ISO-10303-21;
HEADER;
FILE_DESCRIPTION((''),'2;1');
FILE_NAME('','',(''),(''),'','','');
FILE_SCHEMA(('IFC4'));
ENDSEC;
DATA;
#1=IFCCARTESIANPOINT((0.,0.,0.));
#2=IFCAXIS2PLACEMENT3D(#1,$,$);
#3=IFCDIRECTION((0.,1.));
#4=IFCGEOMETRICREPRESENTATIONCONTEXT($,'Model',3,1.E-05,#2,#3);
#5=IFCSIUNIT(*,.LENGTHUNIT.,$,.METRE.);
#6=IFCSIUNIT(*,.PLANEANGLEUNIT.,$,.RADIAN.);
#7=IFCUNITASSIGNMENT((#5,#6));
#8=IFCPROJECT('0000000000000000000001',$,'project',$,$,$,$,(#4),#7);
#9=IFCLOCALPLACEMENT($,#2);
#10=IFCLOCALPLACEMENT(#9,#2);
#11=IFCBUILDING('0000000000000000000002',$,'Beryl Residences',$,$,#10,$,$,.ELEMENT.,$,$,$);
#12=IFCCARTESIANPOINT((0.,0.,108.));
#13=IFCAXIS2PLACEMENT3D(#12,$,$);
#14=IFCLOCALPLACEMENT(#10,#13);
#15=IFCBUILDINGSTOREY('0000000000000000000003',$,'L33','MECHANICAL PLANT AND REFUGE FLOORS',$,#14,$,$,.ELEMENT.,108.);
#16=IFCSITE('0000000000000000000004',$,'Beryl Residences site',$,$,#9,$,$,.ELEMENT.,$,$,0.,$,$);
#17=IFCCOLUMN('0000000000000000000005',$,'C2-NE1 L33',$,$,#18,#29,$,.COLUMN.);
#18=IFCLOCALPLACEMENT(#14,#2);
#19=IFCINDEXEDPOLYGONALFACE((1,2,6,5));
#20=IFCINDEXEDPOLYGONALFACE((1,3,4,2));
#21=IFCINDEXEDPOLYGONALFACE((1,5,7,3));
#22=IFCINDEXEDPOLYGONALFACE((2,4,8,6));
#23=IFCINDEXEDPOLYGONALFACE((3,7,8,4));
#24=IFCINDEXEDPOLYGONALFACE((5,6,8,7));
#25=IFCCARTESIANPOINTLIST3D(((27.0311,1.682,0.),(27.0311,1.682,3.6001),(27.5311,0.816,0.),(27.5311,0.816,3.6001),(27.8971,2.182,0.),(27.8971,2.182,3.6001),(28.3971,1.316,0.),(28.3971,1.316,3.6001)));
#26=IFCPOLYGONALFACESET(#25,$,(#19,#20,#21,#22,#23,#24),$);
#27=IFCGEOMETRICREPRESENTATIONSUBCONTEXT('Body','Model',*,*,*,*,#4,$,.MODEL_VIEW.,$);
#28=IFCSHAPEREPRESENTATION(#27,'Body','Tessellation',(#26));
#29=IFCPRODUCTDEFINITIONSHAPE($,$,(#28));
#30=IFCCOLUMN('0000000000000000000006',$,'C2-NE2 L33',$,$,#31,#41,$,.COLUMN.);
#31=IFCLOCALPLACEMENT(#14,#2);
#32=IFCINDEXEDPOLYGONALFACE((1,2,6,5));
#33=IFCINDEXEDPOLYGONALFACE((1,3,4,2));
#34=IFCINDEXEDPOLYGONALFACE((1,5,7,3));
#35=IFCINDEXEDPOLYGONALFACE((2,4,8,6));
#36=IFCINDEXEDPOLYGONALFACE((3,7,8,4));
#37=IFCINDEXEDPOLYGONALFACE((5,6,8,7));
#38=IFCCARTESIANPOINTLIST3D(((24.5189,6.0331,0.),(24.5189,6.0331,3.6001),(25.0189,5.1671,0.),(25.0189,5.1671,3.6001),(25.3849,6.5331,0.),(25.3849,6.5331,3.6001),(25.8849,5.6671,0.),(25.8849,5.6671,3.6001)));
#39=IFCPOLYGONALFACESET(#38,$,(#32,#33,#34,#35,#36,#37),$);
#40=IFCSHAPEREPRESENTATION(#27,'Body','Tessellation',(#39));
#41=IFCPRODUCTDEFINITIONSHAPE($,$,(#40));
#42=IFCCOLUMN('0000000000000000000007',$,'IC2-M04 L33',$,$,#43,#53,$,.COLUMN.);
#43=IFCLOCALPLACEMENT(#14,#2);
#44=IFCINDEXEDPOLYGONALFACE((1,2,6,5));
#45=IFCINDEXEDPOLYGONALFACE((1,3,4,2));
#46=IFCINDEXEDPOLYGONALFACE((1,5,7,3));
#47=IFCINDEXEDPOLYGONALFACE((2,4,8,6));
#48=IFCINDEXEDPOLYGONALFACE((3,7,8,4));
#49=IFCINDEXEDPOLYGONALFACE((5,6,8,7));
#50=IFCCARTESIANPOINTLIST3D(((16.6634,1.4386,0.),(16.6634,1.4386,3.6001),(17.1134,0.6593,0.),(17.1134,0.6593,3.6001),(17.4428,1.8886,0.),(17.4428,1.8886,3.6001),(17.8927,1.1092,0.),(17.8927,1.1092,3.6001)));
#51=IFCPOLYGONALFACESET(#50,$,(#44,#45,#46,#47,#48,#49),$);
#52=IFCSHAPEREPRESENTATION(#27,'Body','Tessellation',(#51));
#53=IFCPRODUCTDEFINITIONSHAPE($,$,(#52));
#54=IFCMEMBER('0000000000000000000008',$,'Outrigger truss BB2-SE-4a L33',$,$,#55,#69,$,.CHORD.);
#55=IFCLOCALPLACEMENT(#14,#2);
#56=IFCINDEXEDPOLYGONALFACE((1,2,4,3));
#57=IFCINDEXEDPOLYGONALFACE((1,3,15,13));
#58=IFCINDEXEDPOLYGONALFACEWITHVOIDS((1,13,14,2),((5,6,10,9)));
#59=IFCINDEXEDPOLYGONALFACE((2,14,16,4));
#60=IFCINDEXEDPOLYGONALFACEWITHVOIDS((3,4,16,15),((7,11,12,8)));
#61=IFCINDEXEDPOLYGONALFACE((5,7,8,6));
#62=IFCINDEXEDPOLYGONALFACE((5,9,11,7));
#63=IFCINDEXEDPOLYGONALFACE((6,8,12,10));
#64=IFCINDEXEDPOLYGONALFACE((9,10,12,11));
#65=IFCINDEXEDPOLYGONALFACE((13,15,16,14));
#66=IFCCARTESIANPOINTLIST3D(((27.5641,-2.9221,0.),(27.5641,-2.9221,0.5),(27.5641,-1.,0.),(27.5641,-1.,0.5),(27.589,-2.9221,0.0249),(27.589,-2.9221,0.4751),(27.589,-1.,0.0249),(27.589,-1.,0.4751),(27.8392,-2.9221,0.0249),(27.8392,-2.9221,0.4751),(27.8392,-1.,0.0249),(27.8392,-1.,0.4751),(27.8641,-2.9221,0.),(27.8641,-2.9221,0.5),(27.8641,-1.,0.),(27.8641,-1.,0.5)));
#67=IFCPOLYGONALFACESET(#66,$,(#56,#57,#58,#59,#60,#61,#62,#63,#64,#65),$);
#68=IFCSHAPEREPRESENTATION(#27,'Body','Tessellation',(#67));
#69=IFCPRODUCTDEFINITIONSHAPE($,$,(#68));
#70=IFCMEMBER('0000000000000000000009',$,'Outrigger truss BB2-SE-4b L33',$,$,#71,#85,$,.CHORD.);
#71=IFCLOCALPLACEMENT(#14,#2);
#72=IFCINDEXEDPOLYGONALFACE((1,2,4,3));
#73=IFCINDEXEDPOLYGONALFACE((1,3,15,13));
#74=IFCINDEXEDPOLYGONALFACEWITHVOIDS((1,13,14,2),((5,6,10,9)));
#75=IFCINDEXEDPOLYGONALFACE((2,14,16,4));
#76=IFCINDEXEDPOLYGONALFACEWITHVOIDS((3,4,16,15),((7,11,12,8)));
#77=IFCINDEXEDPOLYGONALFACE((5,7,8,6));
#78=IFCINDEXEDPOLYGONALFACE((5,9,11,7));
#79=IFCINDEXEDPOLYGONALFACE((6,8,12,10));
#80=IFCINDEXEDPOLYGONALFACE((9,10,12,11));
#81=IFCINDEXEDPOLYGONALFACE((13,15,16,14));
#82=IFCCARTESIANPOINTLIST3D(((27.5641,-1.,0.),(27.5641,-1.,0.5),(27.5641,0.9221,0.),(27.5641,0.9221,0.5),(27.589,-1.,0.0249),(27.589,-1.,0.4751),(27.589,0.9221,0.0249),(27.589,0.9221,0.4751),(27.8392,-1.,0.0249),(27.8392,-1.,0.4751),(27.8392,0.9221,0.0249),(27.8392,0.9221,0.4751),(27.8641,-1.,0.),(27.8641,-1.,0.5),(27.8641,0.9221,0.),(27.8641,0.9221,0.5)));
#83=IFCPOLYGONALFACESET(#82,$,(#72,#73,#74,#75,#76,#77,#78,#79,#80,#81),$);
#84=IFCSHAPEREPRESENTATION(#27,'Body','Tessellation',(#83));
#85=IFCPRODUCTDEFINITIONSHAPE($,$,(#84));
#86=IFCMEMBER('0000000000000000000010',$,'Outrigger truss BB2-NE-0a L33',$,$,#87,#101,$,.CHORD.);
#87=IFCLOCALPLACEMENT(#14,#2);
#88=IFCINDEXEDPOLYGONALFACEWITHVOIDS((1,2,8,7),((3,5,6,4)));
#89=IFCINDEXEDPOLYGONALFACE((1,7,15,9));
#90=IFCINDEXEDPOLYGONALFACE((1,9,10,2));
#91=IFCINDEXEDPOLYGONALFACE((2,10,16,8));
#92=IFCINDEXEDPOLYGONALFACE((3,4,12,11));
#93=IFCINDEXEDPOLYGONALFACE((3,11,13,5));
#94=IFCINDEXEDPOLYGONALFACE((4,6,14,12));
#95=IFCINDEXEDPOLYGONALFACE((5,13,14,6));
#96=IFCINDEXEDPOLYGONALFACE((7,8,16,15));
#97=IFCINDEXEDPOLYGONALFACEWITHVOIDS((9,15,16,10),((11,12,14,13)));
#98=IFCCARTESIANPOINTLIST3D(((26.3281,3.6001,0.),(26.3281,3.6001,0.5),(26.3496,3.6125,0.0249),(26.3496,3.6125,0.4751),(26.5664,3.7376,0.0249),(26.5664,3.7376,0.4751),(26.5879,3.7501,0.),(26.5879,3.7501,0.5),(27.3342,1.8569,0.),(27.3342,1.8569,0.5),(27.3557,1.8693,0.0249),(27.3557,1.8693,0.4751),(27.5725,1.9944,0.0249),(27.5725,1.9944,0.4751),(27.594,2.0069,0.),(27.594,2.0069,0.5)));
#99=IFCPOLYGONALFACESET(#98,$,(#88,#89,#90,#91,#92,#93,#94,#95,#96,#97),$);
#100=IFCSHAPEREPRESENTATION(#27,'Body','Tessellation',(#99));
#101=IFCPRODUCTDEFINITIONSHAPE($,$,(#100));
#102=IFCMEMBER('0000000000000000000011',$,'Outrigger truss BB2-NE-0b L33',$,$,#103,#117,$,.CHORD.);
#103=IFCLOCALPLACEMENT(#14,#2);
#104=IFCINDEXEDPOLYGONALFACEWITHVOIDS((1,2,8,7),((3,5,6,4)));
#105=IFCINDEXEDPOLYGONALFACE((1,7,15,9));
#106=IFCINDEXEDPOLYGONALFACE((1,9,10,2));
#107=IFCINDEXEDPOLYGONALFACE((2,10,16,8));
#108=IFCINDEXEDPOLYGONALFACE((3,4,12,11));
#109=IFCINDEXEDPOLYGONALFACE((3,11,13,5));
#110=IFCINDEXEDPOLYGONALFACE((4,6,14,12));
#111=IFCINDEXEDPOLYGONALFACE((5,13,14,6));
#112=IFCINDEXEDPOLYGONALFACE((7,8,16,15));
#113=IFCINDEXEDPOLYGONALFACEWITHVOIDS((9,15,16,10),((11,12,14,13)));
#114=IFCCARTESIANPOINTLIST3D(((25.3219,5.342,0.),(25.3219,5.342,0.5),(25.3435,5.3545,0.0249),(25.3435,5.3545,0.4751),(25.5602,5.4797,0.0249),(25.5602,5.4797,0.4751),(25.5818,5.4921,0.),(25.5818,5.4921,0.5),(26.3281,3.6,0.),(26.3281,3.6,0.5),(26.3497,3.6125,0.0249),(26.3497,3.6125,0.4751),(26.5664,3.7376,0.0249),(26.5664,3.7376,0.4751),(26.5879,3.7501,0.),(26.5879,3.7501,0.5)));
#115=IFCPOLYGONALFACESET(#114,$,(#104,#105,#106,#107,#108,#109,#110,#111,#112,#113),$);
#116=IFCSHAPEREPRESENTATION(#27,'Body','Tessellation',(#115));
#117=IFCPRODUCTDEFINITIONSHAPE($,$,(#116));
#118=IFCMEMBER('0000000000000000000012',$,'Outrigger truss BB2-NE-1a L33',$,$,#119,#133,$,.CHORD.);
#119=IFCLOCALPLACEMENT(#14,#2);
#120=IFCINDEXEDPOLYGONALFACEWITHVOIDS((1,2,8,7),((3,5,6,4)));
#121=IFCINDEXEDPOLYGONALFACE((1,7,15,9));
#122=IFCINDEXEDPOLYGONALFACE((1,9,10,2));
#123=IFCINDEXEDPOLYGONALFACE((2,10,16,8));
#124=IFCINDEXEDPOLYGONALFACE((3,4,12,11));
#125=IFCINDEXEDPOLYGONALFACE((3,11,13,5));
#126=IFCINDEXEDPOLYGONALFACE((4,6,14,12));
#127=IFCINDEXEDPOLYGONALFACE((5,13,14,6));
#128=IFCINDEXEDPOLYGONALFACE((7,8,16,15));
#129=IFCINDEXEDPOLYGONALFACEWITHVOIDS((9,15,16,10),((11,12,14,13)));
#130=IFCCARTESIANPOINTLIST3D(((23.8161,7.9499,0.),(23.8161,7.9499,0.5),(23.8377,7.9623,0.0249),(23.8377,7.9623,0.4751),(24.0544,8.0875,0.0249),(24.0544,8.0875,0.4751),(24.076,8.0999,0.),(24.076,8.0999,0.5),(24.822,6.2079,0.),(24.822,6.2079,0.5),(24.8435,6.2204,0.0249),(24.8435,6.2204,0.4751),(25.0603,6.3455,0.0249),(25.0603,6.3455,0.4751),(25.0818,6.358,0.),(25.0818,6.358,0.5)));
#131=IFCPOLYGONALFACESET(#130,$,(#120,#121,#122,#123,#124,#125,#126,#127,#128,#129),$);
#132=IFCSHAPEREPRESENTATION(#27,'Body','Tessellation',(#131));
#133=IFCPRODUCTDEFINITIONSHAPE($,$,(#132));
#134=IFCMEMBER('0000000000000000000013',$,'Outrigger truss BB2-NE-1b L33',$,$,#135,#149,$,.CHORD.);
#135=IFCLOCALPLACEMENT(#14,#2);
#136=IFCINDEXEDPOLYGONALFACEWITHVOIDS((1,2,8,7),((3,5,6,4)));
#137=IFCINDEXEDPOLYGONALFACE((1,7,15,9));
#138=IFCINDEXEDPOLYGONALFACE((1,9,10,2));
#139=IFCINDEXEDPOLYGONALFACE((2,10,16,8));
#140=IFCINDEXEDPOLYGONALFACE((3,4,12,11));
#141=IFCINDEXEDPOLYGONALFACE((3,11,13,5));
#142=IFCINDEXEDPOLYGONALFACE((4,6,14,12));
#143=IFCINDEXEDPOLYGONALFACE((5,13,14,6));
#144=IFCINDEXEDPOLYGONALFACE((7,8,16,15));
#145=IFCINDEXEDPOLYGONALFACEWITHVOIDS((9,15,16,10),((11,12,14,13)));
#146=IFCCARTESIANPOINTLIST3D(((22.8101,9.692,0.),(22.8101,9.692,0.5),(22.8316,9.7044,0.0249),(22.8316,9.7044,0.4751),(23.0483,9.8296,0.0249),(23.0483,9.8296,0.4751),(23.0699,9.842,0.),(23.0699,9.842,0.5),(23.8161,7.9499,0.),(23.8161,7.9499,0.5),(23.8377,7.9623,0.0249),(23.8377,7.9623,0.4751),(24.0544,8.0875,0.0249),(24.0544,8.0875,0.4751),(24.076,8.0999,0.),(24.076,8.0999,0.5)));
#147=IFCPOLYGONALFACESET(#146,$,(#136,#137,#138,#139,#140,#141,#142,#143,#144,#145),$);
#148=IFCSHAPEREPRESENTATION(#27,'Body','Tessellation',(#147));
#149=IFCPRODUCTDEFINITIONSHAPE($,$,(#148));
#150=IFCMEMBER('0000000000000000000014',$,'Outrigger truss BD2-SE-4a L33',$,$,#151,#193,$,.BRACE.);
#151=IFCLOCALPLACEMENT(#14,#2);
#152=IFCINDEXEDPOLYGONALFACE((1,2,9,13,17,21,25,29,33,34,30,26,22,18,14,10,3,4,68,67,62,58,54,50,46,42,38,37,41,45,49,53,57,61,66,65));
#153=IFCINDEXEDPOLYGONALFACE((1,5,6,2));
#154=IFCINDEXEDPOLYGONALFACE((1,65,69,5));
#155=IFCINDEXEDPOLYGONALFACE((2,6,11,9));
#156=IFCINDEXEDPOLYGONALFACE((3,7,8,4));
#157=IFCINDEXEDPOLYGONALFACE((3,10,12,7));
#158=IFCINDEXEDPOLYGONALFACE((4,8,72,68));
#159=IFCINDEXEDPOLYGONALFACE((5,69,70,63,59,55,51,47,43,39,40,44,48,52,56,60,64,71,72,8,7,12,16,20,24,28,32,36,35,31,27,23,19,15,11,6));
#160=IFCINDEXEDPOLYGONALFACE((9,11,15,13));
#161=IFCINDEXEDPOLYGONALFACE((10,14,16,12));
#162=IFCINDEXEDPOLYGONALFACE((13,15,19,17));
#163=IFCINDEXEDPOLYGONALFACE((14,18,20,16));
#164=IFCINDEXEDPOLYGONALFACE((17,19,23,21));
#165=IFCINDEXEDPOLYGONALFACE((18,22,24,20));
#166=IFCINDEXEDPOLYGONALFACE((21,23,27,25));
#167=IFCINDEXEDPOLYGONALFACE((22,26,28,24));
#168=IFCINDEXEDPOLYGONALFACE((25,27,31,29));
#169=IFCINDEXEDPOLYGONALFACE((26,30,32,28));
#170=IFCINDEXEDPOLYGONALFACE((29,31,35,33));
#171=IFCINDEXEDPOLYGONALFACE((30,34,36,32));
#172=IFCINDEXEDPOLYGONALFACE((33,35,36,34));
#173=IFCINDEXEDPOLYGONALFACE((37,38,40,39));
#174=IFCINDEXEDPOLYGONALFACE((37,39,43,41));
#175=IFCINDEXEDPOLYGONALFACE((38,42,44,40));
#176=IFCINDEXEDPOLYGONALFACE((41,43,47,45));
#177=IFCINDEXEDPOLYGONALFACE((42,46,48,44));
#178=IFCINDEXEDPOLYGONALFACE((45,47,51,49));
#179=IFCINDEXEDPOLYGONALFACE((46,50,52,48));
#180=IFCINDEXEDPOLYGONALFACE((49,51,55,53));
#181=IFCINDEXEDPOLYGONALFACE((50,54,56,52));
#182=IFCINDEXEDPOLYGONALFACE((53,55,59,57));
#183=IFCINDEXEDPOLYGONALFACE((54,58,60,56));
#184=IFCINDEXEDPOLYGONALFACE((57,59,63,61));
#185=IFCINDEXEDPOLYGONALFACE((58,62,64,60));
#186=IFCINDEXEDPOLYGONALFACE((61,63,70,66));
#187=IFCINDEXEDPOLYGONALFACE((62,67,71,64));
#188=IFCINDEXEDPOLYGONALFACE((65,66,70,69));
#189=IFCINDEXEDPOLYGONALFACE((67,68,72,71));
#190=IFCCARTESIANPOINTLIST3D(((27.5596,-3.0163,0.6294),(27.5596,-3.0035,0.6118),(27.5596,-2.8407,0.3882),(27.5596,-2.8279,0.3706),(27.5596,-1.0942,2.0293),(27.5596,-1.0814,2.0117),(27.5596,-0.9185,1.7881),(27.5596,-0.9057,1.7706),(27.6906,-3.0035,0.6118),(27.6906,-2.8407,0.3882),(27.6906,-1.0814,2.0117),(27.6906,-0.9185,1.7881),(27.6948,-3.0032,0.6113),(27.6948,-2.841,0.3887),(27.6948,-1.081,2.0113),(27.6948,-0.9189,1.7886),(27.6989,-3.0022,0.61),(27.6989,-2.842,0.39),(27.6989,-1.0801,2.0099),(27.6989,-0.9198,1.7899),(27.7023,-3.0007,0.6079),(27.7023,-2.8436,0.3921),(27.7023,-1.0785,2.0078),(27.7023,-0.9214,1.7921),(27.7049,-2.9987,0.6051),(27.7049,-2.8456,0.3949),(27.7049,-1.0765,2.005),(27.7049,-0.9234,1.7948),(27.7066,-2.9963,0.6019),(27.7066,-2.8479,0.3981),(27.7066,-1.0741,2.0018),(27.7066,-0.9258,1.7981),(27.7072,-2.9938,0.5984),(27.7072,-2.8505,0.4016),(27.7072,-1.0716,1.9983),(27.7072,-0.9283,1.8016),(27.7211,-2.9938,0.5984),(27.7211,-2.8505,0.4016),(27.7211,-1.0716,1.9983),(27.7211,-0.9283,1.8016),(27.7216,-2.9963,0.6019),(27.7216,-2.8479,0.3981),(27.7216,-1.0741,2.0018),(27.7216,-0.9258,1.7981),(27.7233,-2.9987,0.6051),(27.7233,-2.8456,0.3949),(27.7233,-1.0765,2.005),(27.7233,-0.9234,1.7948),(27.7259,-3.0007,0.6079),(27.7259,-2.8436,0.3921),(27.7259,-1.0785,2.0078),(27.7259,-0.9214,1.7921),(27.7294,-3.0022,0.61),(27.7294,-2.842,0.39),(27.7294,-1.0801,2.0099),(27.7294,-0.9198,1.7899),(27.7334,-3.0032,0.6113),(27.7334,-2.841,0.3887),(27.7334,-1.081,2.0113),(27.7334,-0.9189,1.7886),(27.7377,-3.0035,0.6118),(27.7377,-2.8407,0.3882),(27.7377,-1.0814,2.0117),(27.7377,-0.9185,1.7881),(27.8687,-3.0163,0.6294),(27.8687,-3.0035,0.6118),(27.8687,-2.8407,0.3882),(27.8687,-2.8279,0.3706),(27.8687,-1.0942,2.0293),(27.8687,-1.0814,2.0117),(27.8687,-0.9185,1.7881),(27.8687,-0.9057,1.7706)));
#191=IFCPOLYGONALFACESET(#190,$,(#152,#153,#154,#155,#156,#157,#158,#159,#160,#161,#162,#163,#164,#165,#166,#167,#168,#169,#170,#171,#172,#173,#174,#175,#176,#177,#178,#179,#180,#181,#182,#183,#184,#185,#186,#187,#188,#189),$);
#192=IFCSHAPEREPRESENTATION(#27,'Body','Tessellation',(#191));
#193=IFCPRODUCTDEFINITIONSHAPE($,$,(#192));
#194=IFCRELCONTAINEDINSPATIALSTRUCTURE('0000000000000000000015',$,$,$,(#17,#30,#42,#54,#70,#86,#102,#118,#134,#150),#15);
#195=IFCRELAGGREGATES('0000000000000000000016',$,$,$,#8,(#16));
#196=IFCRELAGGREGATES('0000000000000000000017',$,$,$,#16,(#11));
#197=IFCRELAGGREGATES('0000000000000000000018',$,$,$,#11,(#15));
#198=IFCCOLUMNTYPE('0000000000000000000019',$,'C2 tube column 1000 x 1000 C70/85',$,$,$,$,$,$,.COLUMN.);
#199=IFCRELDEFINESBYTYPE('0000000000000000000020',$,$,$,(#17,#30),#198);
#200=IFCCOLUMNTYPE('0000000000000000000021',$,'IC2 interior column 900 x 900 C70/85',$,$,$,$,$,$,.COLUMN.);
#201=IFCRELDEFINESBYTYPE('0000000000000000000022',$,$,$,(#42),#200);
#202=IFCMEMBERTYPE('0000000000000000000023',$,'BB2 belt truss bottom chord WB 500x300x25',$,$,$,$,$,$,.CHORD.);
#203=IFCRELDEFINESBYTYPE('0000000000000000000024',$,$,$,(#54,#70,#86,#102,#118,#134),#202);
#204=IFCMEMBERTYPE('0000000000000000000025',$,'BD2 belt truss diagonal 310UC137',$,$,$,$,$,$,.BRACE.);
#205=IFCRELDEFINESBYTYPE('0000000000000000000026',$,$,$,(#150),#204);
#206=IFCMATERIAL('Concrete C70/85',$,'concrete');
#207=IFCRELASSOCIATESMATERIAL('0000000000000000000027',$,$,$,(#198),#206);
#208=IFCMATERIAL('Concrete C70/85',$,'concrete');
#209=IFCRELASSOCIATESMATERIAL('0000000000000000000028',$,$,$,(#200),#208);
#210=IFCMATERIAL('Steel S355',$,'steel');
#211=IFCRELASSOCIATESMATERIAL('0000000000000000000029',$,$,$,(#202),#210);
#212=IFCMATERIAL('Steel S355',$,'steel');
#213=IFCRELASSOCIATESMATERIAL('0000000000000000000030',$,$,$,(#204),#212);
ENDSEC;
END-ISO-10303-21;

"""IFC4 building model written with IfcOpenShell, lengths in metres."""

from ifc_helpers import new_model, si_unit, direction, frame, origin, origin_2d, place, context, subcontext, project, spatial, rectangle, hollow_rectangle, i_section, extrude, material, material_profile, profile_set, type_object, element, save


model = new_model("IFC4")

# Units and contexts
model_context = context("Model", 3, precision=1e-05, world=origin(), true_north=direction((0.0, 1.0)))
body_context = subcontext(model_context, "Body", "Model", "MODEL_VIEW")
ifc_project = project(units=[si_unit("LENGTHUNIT", "METRE"), si_unit("PLANEANGLEUNIT", "RADIAN")], contexts=[model_context])

# Site, building, storey
site_placement = place(None, origin())
site = spatial("IfcSite", under=ifc_project, at=site_placement, Name="Beryl Residences site", CompositionType="ELEMENT", RefElevation=0.0)
building_placement = place(site_placement, origin())
building = spatial("IfcBuilding", under=site, at=building_placement, Name="Beryl Residences", CompositionType="ELEMENT")
storey_placement = place(building_placement, frame((0.0, 0.0, 108.0)))
storey = spatial("IfcBuildingStorey", under=building, at=storey_placement, Name="L33", Description="MECHANICAL PLANT AND REFUGE FLOORS", CompositionType="ELEMENT", Elevation=108.0)

# Columns
ifc_material_1 = material(Name="Concrete C70/85", Category="concrete")
ifc_material_profile_1 = material_profile(ifc_material_1, rectangle(XDim=1.0, YDim=1.0, at=origin_2d()))
ifc_profile_set_1 = profile_set([ifc_material_profile_1], Name="Concrete C70/85")
column_type_1 = type_object("IfcColumnType", Name="C2 tube column 1000 x 1000 C70/85", PredefinedType="COLUMN", material=ifc_profile_set_1)
for number, where, z_axis, x_axis, name in (
    (1, (27.7141, 1.499, 0.0), (0.0, 0.0, 1.0), (-0.5, 0.866025, 0.0), "C2-NE1 L33"),
    (2, (25.2019, 5.8501, 0.0), (0.0, 0.0, 1.0), (-0.5, 0.866025, 0.0), "C2-NE2 L33"),
):
    element("IfcColumn", number, at=place(storey_placement, frame(where, z_axis=z_axis, x_axis=x_axis)), inside=storey, type_object=column_type_1, Name=name, PredefinedType="COLUMN", context=body_context, shape_type="SweptSolid", body=[
        extrude(rectangle(XDim=1.0, YDim=1.0, at=origin_2d()), origin(), (0.0, 0.0, 1.0), 3.6001),
    ])
ifc_material_2 = material(Name="Concrete C70/85", Category="concrete")
ifc_material_profile_2 = material_profile(ifc_material_2, rectangle(XDim=0.8999, YDim=0.8999, at=origin_2d()))
ifc_profile_set_2 = profile_set([ifc_material_profile_2], Name="Concrete C70/85")
column_type_2 = type_object("IfcColumnType", Name="IC2 interior column 900 x 900 C70/85", PredefinedType="COLUMN", material=ifc_profile_set_2)
column_placement = place(storey_placement, frame((17.2781, 1.2739, 0.0), z_axis=(0.0, 0.0, 1.0), x_axis=(-0.5, 0.866025, 0.0)))
element("IfcColumn", 3, at=column_placement, inside=storey, type_object=column_type_2, Name="IC2-M04 L33", PredefinedType="COLUMN", context=body_context, shape_type="SweptSolid", body=[
    extrude(rectangle(XDim=0.8999, YDim=0.8999, at=origin_2d()), origin(), (0.0, 0.0, 1.0), 3.6001),
])

# Members
ifc_material_3 = material(Name="Steel S355", Category="steel")
ifc_material_profile_3 = material_profile(ifc_material_3, hollow_rectangle(XDim=0.3, YDim=0.5, WallThickness=0.0249, at=origin_2d()))
ifc_profile_set_3 = profile_set([ifc_material_profile_3], Name="Steel S355")
member_type_1 = type_object("IfcMemberType", Name="BB2 belt truss bottom chord WB 500x300x25", PredefinedType="CHORD", material=ifc_profile_set_3)
for number, where, z_axis, x_axis, name in (
    (4, (27.7141, -2.9221, 0.25), (0.0, 1.0, 0.0), (-1.0, 0.0, 0.0), "Outrigger truss BB2-SE-4a L33"),
    (5, (27.7141, -1.0, 0.25), (0.0, 1.0, 0.0), (-1.0, 0.0, 0.0), "Outrigger truss BB2-SE-4b L33"),
):
    element("IfcMember", number, at=place(storey_placement, frame(where, z_axis=z_axis, x_axis=x_axis)), inside=storey, type_object=member_type_1, Name=name, PredefinedType="CHORD", context=body_context, shape_type="SweptSolid", body=[
        extrude(hollow_rectangle(XDim=0.3, YDim=0.5, WallThickness=0.0249, at=origin_2d()), origin(), (0.0, 0.0, 1.0), 1.9221),
    ])
member_1_placement = place(storey_placement, frame((27.4641, 1.9319, 0.25), z_axis=(-0.499883, 0.866093, 0.0), x_axis=(-0.866093, -0.499883, 0.0)))
element("IfcMember", 6, at=member_1_placement, inside=storey, type_object=member_type_1, Name="Outrigger truss BB2-NE-0a L33", PredefinedType="CHORD", context=body_context, shape_type="SweptSolid", body=[
    extrude(hollow_rectangle(XDim=0.3, YDim=0.5, WallThickness=0.0249, at=origin_2d()), origin(), (0.0, 0.0, 1.0), 2.0127),
])
member_2_placement = place(storey_placement, frame((26.458, 3.675, 0.25), z_axis=(-0.500146, 0.865941, 0.0), x_axis=(-0.865941, -0.500146, 0.0)))
element("IfcMember", 7, at=member_2_placement, inside=storey, type_object=member_type_1, Name="Outrigger truss BB2-NE-0b L33", PredefinedType="CHORD", context=body_context, shape_type="SweptSolid", body=[
    extrude(hollow_rectangle(XDim=0.3, YDim=0.5, WallThickness=0.0249, at=origin_2d()), origin(), (0.0, 0.0, 1.0), 2.0117),
])
member_3_placement = place(storey_placement, frame((24.9519, 6.283, 0.25), z_axis=(-0.500055, 0.865994, 0.0), x_axis=(-0.865994, -0.500055, 0.0)))
element("IfcMember", 8, at=member_3_placement, inside=storey, type_object=member_type_1, Name="Outrigger truss BB2-NE-1a L33", PredefinedType="CHORD", context=body_context, shape_type="SweptSolid", body=[
    extrude(hollow_rectangle(XDim=0.3, YDim=0.5, WallThickness=0.0249, at=origin_2d()), origin(), (0.0, 0.0, 1.0), 2.0115),
])
member_4_placement = place(storey_placement, frame((23.946, 8.0249, 0.25), z_axis=(-0.500094, 0.865971, 0.0), x_axis=(-0.865971, -0.500094, 0.0)))
element("IfcMember", 9, at=member_4_placement, inside=storey, type_object=member_type_1, Name="Outrigger truss BB2-NE-1b L33", PredefinedType="CHORD", context=body_context, shape_type="SweptSolid", body=[
    extrude(hollow_rectangle(XDim=0.3, YDim=0.5, WallThickness=0.0249, at=origin_2d()), origin(), (0.0, 0.0, 1.0), 2.0117),
])
ifc_material_4 = material(Name="Steel S355", Category="steel")
ifc_material_profile_4 = material_profile(ifc_material_4, i_section(OverallWidth=0.3091, OverallDepth=0.3201, WebThickness=0.0139, FlangeThickness=0.0217, FilletRadius=0.0166, at=origin_2d()))
ifc_profile_set_4 = profile_set([ifc_material_profile_4], Name="Steel S355")
member_type_2 = type_object("IfcMemberType", Name="BD2 belt truss diagonal 310UC137", PredefinedType="BRACE", material=ifc_profile_set_4)
for number, where, z_axis, x_axis, name in (
    (10, (27.7141, -2.9221, 0.5), (0.0, 0.808336, 0.588721), (-1.0, 0.0, 0.0), "Outrigger truss BD2-SE-4a L33"),
):
    element("IfcMember", number, at=place(storey_placement, frame(where, z_axis=z_axis, x_axis=x_axis)), inside=storey, type_object=member_type_2, Name=name, PredefinedType="BRACE", context=body_context, shape_type="SweptSolid", body=[
        extrude(i_section(OverallWidth=0.3091, OverallDepth=0.3201, WebThickness=0.0139, FlangeThickness=0.0217, FilletRadius=0.0166, at=origin_2d()), origin(), (0.0, 0.0, 1.0), 2.3779),
    ])

save(model, "model.ifc")
